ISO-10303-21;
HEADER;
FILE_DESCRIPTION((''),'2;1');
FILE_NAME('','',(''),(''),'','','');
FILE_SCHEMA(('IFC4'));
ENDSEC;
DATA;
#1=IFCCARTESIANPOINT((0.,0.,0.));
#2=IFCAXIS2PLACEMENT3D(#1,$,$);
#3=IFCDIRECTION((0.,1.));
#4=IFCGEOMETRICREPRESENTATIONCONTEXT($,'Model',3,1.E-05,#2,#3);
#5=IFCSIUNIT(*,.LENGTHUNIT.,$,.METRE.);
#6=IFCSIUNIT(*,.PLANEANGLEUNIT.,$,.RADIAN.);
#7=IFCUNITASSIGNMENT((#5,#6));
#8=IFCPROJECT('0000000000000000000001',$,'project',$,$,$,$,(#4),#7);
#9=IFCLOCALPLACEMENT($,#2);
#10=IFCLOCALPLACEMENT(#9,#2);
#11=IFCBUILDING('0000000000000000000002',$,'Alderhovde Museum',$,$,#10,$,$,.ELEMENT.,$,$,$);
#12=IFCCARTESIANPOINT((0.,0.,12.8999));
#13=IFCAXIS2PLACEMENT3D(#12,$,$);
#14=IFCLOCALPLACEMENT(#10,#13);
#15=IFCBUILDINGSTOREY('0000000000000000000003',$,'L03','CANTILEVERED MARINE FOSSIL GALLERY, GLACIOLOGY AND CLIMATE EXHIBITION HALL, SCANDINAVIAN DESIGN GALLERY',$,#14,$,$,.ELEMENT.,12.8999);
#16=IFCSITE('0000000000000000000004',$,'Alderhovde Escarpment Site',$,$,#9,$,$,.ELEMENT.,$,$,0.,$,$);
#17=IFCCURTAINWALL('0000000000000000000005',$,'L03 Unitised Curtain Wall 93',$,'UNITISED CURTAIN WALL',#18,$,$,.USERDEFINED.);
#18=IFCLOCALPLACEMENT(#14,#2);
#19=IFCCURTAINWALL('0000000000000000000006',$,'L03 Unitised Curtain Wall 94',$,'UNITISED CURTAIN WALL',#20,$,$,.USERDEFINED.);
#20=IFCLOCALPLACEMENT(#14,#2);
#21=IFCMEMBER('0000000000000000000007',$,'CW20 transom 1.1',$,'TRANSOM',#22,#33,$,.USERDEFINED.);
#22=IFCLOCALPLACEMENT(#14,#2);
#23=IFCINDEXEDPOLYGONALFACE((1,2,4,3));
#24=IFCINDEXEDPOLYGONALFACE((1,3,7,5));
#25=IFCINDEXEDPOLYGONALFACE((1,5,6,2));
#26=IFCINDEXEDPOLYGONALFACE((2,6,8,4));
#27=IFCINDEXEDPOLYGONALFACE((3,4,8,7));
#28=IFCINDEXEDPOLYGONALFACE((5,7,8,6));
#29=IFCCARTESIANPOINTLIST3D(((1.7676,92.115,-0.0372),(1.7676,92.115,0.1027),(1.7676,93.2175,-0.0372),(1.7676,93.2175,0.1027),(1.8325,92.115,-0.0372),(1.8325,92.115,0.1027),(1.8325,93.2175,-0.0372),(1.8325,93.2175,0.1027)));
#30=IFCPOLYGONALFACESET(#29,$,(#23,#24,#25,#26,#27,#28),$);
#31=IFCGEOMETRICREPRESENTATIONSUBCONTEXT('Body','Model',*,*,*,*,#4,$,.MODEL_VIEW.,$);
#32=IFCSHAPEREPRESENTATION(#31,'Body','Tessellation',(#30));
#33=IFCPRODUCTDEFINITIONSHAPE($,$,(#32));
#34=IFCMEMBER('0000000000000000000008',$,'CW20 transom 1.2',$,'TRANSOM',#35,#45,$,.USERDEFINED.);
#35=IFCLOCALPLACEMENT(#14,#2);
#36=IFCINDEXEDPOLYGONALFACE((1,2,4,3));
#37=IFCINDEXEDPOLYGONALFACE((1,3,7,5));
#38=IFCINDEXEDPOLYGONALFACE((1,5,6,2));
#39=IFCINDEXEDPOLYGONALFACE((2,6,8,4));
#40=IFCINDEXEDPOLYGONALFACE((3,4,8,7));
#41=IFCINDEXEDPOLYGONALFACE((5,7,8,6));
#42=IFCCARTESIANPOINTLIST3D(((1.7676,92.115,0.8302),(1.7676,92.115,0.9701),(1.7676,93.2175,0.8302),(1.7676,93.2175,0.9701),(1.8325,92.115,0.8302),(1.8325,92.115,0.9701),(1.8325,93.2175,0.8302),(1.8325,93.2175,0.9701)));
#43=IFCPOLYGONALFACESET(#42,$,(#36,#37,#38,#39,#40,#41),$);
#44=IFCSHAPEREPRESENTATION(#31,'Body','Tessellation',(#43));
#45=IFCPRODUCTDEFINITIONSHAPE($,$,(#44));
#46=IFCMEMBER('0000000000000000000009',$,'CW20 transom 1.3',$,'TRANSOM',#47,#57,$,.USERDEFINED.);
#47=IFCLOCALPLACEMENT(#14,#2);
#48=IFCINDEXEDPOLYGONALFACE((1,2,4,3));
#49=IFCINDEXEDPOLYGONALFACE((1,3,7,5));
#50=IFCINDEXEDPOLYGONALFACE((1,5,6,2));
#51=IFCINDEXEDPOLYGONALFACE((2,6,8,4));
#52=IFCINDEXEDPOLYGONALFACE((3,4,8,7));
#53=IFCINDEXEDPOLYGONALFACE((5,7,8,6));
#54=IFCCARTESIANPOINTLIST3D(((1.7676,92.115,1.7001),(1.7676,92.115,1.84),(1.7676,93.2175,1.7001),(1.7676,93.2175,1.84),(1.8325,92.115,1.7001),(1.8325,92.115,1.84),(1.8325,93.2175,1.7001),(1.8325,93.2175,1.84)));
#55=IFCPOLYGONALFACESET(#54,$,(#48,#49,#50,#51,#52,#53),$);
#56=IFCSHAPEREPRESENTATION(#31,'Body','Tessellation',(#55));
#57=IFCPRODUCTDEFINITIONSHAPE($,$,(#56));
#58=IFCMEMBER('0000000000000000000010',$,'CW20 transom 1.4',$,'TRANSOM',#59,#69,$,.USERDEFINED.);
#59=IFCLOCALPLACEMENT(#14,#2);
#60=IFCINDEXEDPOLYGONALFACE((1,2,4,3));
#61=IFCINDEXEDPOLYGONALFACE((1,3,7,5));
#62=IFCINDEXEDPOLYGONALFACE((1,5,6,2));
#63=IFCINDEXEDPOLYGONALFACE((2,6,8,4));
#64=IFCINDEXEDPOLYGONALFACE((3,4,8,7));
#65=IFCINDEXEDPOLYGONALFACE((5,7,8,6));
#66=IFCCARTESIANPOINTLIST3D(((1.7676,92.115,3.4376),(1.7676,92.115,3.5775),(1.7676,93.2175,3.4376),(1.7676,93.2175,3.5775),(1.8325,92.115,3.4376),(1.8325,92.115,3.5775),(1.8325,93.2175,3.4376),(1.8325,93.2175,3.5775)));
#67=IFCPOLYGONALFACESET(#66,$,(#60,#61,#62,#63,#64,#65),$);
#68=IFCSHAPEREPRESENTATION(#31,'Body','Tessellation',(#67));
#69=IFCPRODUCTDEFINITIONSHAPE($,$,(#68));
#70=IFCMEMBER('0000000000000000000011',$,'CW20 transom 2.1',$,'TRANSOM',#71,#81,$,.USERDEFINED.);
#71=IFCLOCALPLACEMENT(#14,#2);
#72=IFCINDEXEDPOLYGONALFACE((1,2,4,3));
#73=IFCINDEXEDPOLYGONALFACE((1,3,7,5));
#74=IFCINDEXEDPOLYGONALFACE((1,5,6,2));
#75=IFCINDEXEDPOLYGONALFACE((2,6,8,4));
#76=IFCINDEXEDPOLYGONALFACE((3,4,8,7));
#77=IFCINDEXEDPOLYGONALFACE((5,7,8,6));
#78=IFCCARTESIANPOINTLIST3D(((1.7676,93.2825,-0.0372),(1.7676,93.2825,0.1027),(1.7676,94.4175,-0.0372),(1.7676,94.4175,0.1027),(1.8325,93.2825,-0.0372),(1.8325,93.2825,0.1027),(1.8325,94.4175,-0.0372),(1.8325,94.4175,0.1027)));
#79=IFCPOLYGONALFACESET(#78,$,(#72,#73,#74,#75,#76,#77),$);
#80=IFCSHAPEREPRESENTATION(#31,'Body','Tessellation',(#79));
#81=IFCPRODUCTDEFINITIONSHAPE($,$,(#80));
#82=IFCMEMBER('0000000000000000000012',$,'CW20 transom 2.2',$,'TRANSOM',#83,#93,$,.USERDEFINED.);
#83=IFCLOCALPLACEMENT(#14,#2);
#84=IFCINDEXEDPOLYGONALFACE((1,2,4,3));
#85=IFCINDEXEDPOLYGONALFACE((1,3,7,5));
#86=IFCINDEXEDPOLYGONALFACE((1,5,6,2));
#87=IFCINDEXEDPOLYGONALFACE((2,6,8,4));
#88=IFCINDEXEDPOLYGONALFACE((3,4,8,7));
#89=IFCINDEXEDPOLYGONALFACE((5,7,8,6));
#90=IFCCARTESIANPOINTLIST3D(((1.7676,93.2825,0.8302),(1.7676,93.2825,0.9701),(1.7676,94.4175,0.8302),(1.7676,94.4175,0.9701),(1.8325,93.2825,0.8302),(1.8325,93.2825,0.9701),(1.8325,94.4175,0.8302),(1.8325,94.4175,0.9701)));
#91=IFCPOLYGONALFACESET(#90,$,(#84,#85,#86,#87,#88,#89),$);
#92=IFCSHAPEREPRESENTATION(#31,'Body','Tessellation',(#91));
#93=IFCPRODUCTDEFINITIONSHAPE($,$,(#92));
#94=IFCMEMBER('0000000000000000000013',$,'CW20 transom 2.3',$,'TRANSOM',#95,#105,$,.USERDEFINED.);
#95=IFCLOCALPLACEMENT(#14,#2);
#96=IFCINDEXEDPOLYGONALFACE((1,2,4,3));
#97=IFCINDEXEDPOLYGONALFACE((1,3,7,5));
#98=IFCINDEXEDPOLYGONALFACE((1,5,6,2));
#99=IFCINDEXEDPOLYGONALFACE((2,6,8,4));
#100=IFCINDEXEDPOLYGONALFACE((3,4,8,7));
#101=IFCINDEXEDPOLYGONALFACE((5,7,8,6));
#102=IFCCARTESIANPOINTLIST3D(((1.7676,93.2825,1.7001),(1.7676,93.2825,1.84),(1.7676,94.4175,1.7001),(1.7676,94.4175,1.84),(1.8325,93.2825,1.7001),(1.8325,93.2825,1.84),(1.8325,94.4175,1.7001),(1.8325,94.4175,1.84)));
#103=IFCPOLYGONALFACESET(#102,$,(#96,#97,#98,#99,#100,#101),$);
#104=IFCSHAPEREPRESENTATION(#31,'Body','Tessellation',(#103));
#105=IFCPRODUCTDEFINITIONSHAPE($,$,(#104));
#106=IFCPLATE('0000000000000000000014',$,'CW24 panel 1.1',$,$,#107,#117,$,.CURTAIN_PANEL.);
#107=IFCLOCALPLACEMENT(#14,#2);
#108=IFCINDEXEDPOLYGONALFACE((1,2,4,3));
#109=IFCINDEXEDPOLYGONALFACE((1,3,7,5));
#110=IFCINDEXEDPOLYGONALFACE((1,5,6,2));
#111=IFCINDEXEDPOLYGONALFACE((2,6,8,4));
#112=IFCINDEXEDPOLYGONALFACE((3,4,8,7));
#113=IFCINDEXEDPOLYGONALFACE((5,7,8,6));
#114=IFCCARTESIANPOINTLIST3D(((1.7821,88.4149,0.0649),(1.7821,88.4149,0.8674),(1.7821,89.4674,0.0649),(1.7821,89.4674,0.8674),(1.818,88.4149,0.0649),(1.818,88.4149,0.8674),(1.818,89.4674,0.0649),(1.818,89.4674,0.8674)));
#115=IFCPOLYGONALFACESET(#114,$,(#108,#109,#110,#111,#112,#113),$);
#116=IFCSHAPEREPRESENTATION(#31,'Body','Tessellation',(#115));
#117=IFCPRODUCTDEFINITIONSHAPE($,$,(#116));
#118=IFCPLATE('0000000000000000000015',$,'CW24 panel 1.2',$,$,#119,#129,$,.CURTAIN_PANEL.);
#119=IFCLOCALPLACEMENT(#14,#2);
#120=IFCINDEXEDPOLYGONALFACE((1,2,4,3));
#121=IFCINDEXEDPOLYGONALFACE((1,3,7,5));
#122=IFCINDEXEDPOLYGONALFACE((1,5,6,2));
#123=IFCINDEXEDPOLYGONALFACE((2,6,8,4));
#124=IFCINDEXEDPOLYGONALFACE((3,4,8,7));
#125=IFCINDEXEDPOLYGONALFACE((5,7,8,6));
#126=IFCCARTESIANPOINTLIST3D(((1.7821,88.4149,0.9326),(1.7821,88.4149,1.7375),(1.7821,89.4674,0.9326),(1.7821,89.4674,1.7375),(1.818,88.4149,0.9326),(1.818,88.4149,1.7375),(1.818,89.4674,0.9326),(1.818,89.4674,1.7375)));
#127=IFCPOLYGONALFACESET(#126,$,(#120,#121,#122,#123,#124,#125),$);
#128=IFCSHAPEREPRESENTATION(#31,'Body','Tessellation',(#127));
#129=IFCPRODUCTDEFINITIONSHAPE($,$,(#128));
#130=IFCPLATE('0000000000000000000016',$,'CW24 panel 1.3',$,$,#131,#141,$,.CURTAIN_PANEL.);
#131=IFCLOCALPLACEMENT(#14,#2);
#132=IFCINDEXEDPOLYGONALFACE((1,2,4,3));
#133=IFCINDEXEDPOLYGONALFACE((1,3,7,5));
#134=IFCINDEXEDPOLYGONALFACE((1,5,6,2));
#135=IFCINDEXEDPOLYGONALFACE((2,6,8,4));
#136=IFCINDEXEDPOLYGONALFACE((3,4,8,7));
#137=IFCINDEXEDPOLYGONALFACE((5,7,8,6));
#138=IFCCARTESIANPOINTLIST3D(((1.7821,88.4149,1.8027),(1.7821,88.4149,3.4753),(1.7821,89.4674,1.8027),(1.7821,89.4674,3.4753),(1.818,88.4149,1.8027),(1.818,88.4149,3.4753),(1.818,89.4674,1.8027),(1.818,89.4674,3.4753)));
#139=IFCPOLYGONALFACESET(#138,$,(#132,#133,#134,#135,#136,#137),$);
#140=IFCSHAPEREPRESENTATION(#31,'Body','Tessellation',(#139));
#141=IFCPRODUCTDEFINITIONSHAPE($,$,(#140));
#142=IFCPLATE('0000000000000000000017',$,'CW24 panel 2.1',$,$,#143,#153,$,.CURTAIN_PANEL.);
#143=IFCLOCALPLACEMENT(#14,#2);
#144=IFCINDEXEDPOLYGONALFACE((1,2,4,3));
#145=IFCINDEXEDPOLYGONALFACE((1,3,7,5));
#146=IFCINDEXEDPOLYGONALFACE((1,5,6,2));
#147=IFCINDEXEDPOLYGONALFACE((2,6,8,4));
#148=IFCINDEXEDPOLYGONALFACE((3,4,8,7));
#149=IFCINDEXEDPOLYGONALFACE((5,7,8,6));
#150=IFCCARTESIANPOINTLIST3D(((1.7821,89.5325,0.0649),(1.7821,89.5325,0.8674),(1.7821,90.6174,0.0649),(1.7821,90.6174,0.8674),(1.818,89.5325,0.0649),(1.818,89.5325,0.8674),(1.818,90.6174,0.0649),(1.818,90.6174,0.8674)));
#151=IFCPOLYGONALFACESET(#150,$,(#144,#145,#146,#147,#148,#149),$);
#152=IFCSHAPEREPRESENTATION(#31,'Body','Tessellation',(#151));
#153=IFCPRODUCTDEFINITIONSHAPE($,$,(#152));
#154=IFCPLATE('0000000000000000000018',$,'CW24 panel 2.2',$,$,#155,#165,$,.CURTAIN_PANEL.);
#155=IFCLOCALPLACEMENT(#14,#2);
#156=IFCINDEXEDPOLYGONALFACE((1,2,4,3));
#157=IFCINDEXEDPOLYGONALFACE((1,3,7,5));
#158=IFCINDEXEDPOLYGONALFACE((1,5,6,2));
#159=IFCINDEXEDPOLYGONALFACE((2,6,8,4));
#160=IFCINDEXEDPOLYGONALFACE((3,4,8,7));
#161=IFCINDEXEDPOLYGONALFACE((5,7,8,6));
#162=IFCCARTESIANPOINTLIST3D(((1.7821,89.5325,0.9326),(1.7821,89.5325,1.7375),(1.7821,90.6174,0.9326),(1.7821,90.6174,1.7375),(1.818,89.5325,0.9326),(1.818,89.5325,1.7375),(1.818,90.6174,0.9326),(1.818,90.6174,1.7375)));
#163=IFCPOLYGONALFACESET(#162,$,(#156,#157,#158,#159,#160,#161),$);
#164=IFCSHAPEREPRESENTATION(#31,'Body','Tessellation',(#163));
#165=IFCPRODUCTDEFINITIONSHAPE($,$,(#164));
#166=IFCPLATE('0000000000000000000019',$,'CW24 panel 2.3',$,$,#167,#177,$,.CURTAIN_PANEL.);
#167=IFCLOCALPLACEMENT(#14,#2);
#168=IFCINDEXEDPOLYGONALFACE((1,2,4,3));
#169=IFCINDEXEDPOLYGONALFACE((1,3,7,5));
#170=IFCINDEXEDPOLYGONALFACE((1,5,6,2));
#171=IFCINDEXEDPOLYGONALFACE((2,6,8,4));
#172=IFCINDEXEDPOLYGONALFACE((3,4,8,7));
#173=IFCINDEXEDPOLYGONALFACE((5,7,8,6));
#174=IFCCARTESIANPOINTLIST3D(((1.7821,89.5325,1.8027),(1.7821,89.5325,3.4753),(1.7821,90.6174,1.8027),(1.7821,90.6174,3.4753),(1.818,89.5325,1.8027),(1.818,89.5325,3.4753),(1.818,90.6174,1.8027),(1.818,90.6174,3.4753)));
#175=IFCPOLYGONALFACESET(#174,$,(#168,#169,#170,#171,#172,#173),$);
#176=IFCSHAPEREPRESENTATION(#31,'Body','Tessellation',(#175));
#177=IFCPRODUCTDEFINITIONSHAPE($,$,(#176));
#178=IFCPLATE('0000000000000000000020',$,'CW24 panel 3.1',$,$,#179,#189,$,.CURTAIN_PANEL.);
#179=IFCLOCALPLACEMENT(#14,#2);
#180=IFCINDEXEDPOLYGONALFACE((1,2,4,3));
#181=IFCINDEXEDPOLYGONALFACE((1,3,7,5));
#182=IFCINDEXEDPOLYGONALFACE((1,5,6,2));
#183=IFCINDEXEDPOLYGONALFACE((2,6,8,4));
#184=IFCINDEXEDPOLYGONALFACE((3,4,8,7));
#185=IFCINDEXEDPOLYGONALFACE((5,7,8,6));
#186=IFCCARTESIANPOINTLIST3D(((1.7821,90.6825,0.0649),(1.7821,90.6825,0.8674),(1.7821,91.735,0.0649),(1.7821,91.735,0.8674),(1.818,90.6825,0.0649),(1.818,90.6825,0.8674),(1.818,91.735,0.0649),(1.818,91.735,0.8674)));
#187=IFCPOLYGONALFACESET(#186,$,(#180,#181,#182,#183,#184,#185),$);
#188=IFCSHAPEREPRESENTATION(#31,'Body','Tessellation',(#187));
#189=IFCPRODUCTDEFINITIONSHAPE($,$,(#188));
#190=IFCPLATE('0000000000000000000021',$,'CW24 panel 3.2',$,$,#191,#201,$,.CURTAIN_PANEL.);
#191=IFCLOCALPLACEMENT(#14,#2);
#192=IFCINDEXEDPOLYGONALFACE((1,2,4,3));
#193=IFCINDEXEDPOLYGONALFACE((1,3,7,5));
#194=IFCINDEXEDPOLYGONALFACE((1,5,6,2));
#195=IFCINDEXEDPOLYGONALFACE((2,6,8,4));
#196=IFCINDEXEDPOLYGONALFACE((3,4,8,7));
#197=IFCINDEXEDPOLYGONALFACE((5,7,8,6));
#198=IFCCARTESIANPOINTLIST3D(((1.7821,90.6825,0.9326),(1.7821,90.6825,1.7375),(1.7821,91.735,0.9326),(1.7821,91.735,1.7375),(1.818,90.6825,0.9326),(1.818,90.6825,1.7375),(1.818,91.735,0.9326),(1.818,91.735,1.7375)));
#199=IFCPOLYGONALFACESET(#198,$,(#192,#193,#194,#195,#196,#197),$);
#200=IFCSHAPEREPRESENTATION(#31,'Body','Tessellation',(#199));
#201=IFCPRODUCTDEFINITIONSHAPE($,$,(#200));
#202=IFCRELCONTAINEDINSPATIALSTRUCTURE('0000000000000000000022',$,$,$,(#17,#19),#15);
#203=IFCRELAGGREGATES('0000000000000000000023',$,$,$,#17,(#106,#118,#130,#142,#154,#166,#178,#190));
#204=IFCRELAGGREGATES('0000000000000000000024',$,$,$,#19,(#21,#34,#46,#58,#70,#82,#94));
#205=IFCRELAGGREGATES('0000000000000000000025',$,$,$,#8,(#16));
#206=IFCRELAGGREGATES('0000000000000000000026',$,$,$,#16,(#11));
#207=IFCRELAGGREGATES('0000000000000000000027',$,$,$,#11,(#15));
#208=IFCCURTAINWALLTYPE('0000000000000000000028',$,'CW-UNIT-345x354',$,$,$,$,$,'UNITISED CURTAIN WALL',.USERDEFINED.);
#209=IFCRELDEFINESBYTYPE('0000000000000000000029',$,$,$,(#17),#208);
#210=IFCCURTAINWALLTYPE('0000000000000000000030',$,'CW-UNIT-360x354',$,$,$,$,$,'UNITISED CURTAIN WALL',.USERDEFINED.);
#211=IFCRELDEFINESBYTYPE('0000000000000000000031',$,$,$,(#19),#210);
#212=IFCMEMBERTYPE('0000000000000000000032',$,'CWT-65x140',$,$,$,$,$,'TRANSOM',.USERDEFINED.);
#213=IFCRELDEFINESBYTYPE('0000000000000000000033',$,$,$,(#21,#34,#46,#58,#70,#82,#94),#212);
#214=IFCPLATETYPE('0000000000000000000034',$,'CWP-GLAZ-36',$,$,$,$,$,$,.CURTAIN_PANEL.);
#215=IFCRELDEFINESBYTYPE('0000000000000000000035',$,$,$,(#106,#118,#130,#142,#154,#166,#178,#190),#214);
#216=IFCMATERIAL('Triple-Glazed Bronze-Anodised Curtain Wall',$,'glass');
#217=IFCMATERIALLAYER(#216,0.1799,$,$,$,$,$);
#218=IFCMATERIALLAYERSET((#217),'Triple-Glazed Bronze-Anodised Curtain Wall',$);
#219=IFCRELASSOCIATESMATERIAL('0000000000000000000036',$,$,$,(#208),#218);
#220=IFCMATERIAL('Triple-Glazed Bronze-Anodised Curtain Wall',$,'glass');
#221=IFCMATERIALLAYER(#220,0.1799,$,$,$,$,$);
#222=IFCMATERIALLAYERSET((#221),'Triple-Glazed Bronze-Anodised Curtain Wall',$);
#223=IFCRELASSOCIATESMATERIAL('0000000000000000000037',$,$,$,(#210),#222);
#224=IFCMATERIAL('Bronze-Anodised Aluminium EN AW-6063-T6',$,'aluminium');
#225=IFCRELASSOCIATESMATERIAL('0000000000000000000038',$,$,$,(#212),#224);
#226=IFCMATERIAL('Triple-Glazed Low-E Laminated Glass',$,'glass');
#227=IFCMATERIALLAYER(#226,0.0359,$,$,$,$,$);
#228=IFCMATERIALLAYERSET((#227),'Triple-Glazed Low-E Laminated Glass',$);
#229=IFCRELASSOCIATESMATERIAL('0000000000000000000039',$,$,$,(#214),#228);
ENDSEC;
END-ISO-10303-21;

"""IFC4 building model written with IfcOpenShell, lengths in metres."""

from ifc_helpers import new_model, si_unit, direction, frame, origin, origin_2d, place, context, subcontext, project, spatial, rectangle, extrude, material, layer, layer_set, material_profile, profile_set, type_object, element, aggregate, save


model = new_model("IFC4")

# Units and contexts
model_context = context("Model", 3, precision=1e-05, world=origin(), true_north=direction((0.0, 1.0)))
body_context = subcontext(model_context, "Body", "Model", "MODEL_VIEW")
ifc_project = project(units=[si_unit("LENGTHUNIT", "METRE"), si_unit("PLANEANGLEUNIT", "RADIAN")], contexts=[model_context])

# Site, building, storey
site_placement = place(None, origin())
site = spatial("IfcSite", under=ifc_project, at=site_placement, Name="Alderhovde Escarpment Site", CompositionType="ELEMENT", RefElevation=0.0)
building_placement = place(site_placement, origin())
building = spatial("IfcBuilding", under=site, at=building_placement, Name="Alderhovde Museum", CompositionType="ELEMENT")
storey_placement = place(building_placement, frame((0.0, 0.0, 12.8999)))
storey = spatial("IfcBuildingStorey", under=building, at=storey_placement, Name="L03", Description="CANTILEVERED MARINE FOSSIL GALLERY, GLACIOLOGY AND CLIMATE EXHIBITION HALL, SCANDINAVIAN DESIGN GALLERY", CompositionType="ELEMENT", Elevation=12.8999)

# Curtain walls
ifc_material_1 = material(Name="Triple-Glazed Bronze-Anodised Curtain Wall", Category="glass")
ifc_layer_1 = layer(ifc_material_1, 0.1799)
ifc_layer_set_1 = layer_set([ifc_layer_1], Name="Triple-Glazed Bronze-Anodised Curtain Wall")
curtain_wall_type_1 = type_object("IfcCurtainWallType", Name="CW-UNIT-345x354", ElementType="UNITISED CURTAIN WALL", PredefinedType="USERDEFINED", material=ifc_layer_set_1)
curtain_wall_1_placement = place(storey_placement, origin())
curtain_wall_1 = element("IfcCurtainWall", 1, at=curtain_wall_1_placement, inside=storey, type_object=curtain_wall_type_1, Name="L03 Unitised Curtain Wall 93", ObjectType="UNITISED CURTAIN WALL", PredefinedType="USERDEFINED")
ifc_material_2 = material(Name="Triple-Glazed Bronze-Anodised Curtain Wall", Category="glass")
ifc_layer_2 = layer(ifc_material_2, 0.1799)
ifc_layer_set_2 = layer_set([ifc_layer_2], Name="Triple-Glazed Bronze-Anodised Curtain Wall")
curtain_wall_type_2 = type_object("IfcCurtainWallType", Name="CW-UNIT-360x354", ElementType="UNITISED CURTAIN WALL", PredefinedType="USERDEFINED", material=ifc_layer_set_2)
curtain_wall_2_placement = place(storey_placement, origin())
curtain_wall_2 = element("IfcCurtainWall", 2, at=curtain_wall_2_placement, inside=storey, type_object=curtain_wall_type_2, Name="L03 Unitised Curtain Wall 94", ObjectType="UNITISED CURTAIN WALL", PredefinedType="USERDEFINED")

# Members
ifc_material_3 = material(Name="Bronze-Anodised Aluminium EN AW-6063-T6", Category="aluminium")
ifc_material_profile_1 = material_profile(ifc_material_3, rectangle(XDim=0.0649, YDim=0.1399, at=origin_2d()), Name="TRANSOM 65x140")
ifc_profile_set_1 = profile_set([ifc_material_profile_1], Name="Bronze-Anodised Aluminium EN AW-6063-T6")
member_type_1 = type_object("IfcMemberType", Name="CWT-65x140", ElementType="TRANSOM", PredefinedType="USERDEFINED", material=ifc_profile_set_1)
member_1_placement = place(storey_placement, frame((1.8, 92.115, 0.0327), z_axis=(0.0, 1.0, 0.0), x_axis=(-1.0, 0.0, 0.0)))
member_1 = element("IfcMember", 3, at=member_1_placement, type_object=member_type_1, Name="CW20 transom 1.1", ObjectType="TRANSOM", PredefinedType="USERDEFINED", context=body_context, shape_type="SweptSolid", body=[
    extrude(rectangle(XDim=0.0649, YDim=0.1399, at=origin_2d()), origin(), (0.0, 0.0, 1.0), 1.1025),
])
member_2_placement = place(storey_placement, frame((1.8, 92.115, 0.9001), z_axis=(0.0, 1.0, 0.0), x_axis=(-1.0, 0.0, 0.0)))
member_2 = element("IfcMember", 4, at=member_2_placement, type_object=member_type_1, Name="CW20 transom 1.2", ObjectType="TRANSOM", PredefinedType="USERDEFINED", context=body_context, shape_type="SweptSolid", body=[
    extrude(rectangle(XDim=0.0649, YDim=0.1399, at=origin_2d()), origin(), (0.0, 0.0, 1.0), 1.1025),
])
member_3_placement = place(storey_placement, frame((1.8, 92.115, 1.77), z_axis=(0.0, 1.0, 0.0), x_axis=(-1.0, 0.0, 0.0)))
member_3 = element("IfcMember", 5, at=member_3_placement, type_object=member_type_1, Name="CW20 transom 1.3", ObjectType="TRANSOM", PredefinedType="USERDEFINED", context=body_context, shape_type="SweptSolid", body=[
    extrude(rectangle(XDim=0.0649, YDim=0.1399, at=origin_2d()), origin(), (0.0, 0.0, 1.0), 1.1025),
])
member_4_placement = place(storey_placement, frame((1.8, 92.115, 3.5076), z_axis=(0.0, 1.0, 0.0), x_axis=(-1.0, 0.0, 0.0)))
member_4 = element("IfcMember", 6, at=member_4_placement, type_object=member_type_1, Name="CW20 transom 1.4", ObjectType="TRANSOM", PredefinedType="USERDEFINED", context=body_context, shape_type="SweptSolid", body=[
    extrude(rectangle(XDim=0.0649, YDim=0.1399, at=origin_2d()), origin(), (0.0, 0.0, 1.0), 1.1025),
])
member_5_placement = place(storey_placement, frame((1.8, 93.2825, 0.0327), z_axis=(0.0, 1.0, 0.0), x_axis=(-1.0, 0.0, 0.0)))
member_5 = element("IfcMember", 7, at=member_5_placement, type_object=member_type_1, Name="CW20 transom 2.1", ObjectType="TRANSOM", PredefinedType="USERDEFINED", context=body_context, shape_type="SweptSolid", body=[
    extrude(rectangle(XDim=0.0649, YDim=0.1399, at=origin_2d()), origin(), (0.0, 0.0, 1.0), 1.135),
])
member_6_placement = place(storey_placement, frame((1.8, 93.2825, 0.9001), z_axis=(0.0, 1.0, 0.0), x_axis=(-1.0, 0.0, 0.0)))
member_6 = element("IfcMember", 8, at=member_6_placement, type_object=member_type_1, Name="CW20 transom 2.2", ObjectType="TRANSOM", PredefinedType="USERDEFINED", context=body_context, shape_type="SweptSolid", body=[
    extrude(rectangle(XDim=0.0649, YDim=0.1399, at=origin_2d()), origin(), (0.0, 0.0, 1.0), 1.135),
])
member_7_placement = place(storey_placement, frame((1.8, 93.2825, 1.77), z_axis=(0.0, 1.0, 0.0), x_axis=(-1.0, 0.0, 0.0)))
member_7 = element("IfcMember", 9, at=member_7_placement, type_object=member_type_1, Name="CW20 transom 2.3", ObjectType="TRANSOM", PredefinedType="USERDEFINED", context=body_context, shape_type="SweptSolid", body=[
    extrude(rectangle(XDim=0.0649, YDim=0.1399, at=origin_2d()), origin(), (0.0, 0.0, 1.0), 1.135),
])

# Plates
ifc_material_4 = material(Name="Triple-Glazed Low-E Laminated Glass", Category="glass")
ifc_layer_3 = layer(ifc_material_4, 0.0359)
ifc_layer_set_3 = layer_set([ifc_layer_3], Name="Triple-Glazed Low-E Laminated Glass")
plate_type_1 = type_object("IfcPlateType", Name="CWP-GLAZ-36", PredefinedType="CURTAIN_PANEL", material=ifc_layer_set_3)
plate_1_placement = place(storey_placement, frame((1.8, 88.9412, 0.0649), z_axis=(0.0, 0.0, 1.0), x_axis=(0.0, 1.0, 0.0)))
plate_1 = element("IfcPlate", 10, at=plate_1_placement, type_object=plate_type_1, Name="CW24 panel 1.1", PredefinedType="CURTAIN_PANEL", context=body_context, shape_type="SweptSolid", body=[
    extrude(rectangle(XDim=1.0525, YDim=0.0359, at=origin_2d()), origin(), (0.0, 0.0, 1.0), 0.8025),
])
plate_2_placement = place(storey_placement, frame((1.8, 88.9412, 0.9326), z_axis=(0.0, 0.0, 1.0), x_axis=(0.0, 1.0, 0.0)))
plate_2 = element("IfcPlate", 11, at=plate_2_placement, type_object=plate_type_1, Name="CW24 panel 1.2", PredefinedType="CURTAIN_PANEL", context=body_context, shape_type="SweptSolid", body=[
    extrude(rectangle(XDim=1.0525, YDim=0.0359, at=origin_2d()), origin(), (0.0, 0.0, 1.0), 0.8049),
])
plate_3_placement = place(storey_placement, frame((1.8, 88.9412, 1.8027), z_axis=(0.0, 0.0, 1.0), x_axis=(0.0, 1.0, 0.0)))
plate_3 = element("IfcPlate", 12, at=plate_3_placement, type_object=plate_type_1, Name="CW24 panel 1.3", PredefinedType="CURTAIN_PANEL", context=body_context, shape_type="SweptSolid", body=[
    extrude(rectangle(XDim=1.0525, YDim=0.0359, at=origin_2d()), origin(), (0.0, 0.0, 1.0), 1.6726),
])
plate_4_placement = place(storey_placement, frame((1.8, 90.075, 0.0649), z_axis=(0.0, 0.0, 1.0), x_axis=(0.0, 1.0, 0.0)))
plate_4 = element("IfcPlate", 13, at=plate_4_placement, type_object=plate_type_1, Name="CW24 panel 2.1", PredefinedType="CURTAIN_PANEL", context=body_context, shape_type="SweptSolid", body=[
    extrude(rectangle(XDim=1.085, YDim=0.0359, at=origin_2d()), origin(), (0.0, 0.0, 1.0), 0.8025),
])
plate_5_placement = place(storey_placement, frame((1.8, 90.075, 0.9326), z_axis=(0.0, 0.0, 1.0), x_axis=(0.0, 1.0, 0.0)))
plate_5 = element("IfcPlate", 14, at=plate_5_placement, type_object=plate_type_1, Name="CW24 panel 2.2", PredefinedType="CURTAIN_PANEL", context=body_context, shape_type="SweptSolid", body=[
    extrude(rectangle(XDim=1.085, YDim=0.0359, at=origin_2d()), origin(), (0.0, 0.0, 1.0), 0.8049),
])
plate_6_placement = place(storey_placement, frame((1.8, 90.075, 1.8027), z_axis=(0.0, 0.0, 1.0), x_axis=(0.0, 1.0, 0.0)))
plate_6 = element("IfcPlate", 15, at=plate_6_placement, type_object=plate_type_1, Name="CW24 panel 2.3", PredefinedType="CURTAIN_PANEL", context=body_context, shape_type="SweptSolid", body=[
    extrude(rectangle(XDim=1.085, YDim=0.0359, at=origin_2d()), origin(), (0.0, 0.0, 1.0), 1.6726),
])
plate_7_placement = place(storey_placement, frame((1.8, 91.2087, 0.0649), z_axis=(0.0, 0.0, 1.0), x_axis=(0.0, 1.0, 0.0)))
plate_7 = element("IfcPlate", 16, at=plate_7_placement, type_object=plate_type_1, Name="CW24 panel 3.1", PredefinedType="CURTAIN_PANEL", context=body_context, shape_type="SweptSolid", body=[
    extrude(rectangle(XDim=1.0525, YDim=0.0359, at=origin_2d()), origin(), (0.0, 0.0, 1.0), 0.8025),
])
plate_8_placement = place(storey_placement, frame((1.8, 91.2087, 0.9326), z_axis=(0.0, 0.0, 1.0), x_axis=(0.0, 1.0, 0.0)))
plate_8 = element("IfcPlate", 17, at=plate_8_placement, type_object=plate_type_1, Name="CW24 panel 3.2", PredefinedType="CURTAIN_PANEL", context=body_context, shape_type="SweptSolid", body=[
    extrude(rectangle(XDim=1.0525, YDim=0.0359, at=origin_2d()), origin(), (0.0, 0.0, 1.0), 0.8049),
])
aggregate(curtain_wall_1, [plate_1, plate_2, plate_3, plate_4, plate_5, plate_6, plate_7, plate_8])
aggregate(curtain_wall_2, [member_1, member_2, member_3, member_4, member_5, member_6, member_7])

save(model, "model.ifc")
